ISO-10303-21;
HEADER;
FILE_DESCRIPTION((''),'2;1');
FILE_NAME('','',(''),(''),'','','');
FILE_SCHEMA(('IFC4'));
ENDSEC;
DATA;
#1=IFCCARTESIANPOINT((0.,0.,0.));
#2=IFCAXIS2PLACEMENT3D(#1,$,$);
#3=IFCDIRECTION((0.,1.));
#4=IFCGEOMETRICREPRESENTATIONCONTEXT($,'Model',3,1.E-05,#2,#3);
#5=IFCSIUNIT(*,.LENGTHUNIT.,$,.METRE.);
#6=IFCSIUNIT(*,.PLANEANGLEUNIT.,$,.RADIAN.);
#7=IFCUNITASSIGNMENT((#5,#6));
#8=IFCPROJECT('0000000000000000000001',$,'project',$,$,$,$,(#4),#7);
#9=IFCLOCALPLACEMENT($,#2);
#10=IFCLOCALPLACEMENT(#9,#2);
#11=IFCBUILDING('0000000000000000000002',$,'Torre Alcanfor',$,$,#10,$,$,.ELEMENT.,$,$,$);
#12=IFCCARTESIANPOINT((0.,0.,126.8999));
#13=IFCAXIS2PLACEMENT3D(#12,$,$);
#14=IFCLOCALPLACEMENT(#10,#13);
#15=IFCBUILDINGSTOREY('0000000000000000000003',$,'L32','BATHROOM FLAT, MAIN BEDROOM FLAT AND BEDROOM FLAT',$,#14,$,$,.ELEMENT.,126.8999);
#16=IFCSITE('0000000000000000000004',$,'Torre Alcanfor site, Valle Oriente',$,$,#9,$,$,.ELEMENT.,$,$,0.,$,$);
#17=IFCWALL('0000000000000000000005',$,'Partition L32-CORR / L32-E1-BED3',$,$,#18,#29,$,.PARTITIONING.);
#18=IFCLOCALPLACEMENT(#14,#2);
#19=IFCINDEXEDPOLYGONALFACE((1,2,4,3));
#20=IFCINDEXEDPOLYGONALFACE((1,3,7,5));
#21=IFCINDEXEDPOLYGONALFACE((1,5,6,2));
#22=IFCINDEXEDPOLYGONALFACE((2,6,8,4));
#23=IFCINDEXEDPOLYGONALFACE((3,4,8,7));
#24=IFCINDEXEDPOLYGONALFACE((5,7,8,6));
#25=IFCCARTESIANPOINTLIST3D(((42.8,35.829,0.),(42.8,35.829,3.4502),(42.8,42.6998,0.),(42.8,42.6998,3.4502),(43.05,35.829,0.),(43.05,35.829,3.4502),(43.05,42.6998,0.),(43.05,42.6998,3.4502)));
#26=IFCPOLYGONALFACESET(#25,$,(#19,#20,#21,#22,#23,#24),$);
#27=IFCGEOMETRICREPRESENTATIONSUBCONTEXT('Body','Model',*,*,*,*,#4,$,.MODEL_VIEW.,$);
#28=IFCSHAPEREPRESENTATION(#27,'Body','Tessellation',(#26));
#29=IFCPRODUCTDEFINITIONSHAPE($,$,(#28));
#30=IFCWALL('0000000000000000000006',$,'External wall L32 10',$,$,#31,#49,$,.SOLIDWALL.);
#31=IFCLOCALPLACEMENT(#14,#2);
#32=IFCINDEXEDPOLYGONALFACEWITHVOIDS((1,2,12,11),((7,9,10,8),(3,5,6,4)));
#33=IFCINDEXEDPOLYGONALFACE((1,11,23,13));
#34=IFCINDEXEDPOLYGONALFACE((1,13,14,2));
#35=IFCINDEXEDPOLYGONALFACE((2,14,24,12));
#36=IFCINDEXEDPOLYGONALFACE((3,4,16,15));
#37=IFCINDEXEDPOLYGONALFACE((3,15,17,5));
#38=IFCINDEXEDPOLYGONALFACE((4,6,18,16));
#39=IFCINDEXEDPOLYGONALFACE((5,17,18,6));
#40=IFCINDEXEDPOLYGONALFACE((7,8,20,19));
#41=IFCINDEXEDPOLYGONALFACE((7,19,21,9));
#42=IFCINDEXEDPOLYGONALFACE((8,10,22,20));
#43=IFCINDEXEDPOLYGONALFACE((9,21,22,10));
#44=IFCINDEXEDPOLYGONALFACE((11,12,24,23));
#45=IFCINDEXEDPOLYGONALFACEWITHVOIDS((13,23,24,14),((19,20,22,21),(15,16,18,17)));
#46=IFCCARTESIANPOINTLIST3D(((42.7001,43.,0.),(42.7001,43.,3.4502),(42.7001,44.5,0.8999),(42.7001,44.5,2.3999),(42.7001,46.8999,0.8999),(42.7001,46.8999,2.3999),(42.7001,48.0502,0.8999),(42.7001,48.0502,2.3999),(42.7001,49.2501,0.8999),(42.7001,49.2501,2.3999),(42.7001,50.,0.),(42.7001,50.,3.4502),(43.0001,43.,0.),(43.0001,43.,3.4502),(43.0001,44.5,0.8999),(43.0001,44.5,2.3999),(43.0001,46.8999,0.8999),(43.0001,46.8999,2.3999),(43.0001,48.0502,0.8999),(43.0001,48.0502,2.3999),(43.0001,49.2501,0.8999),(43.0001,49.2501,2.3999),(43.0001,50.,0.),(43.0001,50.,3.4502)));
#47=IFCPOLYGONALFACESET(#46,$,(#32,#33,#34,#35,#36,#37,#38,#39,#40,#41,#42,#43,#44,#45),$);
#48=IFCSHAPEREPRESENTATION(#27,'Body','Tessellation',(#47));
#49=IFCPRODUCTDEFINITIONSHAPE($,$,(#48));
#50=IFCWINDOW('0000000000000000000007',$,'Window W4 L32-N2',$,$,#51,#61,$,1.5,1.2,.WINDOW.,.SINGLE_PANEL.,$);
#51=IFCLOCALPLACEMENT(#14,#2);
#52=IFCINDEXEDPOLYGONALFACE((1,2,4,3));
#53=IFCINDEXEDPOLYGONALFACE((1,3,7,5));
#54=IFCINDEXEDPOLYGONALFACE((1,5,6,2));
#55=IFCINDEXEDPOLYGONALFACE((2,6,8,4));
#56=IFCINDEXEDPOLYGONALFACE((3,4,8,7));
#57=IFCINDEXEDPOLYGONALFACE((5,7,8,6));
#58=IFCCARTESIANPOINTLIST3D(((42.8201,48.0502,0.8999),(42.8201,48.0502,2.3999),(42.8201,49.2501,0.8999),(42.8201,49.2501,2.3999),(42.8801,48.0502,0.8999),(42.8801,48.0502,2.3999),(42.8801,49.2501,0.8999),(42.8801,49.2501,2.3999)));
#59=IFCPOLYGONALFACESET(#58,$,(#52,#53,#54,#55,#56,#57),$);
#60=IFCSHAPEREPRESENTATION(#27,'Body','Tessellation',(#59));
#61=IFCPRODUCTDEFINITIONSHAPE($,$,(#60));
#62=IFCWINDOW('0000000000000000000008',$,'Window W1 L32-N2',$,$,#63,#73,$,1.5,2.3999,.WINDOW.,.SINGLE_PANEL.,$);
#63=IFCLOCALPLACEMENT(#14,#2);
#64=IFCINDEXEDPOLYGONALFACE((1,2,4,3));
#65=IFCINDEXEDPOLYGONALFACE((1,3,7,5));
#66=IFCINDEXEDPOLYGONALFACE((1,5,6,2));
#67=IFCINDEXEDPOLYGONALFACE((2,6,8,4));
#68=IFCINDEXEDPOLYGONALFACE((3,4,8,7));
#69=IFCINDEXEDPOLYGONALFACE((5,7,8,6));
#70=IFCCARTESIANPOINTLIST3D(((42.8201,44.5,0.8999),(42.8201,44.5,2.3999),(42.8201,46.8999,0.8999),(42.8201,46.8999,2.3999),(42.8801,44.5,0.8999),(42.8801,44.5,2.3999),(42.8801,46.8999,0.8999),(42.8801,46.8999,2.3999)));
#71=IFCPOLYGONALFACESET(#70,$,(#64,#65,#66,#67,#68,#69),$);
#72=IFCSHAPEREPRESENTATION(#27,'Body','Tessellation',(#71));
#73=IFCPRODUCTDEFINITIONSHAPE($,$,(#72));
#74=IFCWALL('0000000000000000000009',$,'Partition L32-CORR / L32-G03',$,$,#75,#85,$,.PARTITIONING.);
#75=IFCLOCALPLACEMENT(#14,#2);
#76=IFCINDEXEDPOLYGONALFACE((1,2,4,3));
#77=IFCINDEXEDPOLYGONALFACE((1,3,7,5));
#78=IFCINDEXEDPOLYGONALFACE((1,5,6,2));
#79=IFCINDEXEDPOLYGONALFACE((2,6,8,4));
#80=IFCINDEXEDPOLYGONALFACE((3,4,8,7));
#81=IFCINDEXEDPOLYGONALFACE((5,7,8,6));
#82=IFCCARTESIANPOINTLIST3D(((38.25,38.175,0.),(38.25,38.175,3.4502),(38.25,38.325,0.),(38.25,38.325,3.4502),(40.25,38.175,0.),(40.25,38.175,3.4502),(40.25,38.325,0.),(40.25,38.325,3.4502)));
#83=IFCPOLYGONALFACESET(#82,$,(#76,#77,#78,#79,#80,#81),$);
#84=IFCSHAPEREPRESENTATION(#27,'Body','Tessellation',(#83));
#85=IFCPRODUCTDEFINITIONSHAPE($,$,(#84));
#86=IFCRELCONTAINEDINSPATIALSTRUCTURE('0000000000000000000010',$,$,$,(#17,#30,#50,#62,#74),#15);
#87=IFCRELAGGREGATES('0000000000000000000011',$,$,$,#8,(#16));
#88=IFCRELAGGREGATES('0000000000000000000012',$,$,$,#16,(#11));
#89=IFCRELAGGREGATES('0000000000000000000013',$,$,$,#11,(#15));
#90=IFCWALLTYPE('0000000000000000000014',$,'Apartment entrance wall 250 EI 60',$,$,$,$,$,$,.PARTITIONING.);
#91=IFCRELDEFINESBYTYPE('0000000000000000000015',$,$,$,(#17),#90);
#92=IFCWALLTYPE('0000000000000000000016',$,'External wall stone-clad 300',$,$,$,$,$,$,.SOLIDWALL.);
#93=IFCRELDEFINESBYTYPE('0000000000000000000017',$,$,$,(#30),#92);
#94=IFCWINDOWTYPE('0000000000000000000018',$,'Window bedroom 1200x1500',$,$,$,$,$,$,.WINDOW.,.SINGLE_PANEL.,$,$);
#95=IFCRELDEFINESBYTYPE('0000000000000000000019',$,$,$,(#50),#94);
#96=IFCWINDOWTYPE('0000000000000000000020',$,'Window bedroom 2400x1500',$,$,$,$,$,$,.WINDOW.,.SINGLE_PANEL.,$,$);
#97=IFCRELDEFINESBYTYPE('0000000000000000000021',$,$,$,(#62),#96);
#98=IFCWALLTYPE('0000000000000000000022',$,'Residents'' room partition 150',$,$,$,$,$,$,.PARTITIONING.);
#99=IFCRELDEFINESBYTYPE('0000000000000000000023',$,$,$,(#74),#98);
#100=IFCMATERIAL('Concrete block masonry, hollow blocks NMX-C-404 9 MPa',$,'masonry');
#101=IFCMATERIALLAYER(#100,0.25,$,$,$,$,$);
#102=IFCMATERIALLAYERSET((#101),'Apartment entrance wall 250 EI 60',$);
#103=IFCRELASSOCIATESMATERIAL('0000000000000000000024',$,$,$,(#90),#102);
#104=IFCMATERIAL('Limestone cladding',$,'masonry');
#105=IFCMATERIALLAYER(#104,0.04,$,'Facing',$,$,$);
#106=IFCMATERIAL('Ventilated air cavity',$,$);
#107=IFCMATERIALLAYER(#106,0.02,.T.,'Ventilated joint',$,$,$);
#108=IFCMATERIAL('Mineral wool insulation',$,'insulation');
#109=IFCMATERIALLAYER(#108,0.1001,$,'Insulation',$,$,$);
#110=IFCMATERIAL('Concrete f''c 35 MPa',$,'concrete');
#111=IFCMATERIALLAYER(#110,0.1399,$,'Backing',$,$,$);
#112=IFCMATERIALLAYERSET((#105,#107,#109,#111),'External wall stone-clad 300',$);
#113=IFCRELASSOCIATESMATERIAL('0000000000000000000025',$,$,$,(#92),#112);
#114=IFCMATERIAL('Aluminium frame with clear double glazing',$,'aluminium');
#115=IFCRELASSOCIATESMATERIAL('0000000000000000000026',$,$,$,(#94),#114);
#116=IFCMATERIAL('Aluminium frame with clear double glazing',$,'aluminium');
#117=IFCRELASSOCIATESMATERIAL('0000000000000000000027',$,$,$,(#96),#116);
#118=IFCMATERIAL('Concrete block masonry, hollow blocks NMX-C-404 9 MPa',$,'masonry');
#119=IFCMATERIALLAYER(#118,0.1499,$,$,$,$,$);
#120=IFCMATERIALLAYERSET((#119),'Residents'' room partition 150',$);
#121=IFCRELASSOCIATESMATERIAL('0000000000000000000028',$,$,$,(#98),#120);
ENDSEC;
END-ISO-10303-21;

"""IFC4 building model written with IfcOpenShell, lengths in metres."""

from ifc_helpers import new_model, si_unit, direction, frame, frame_2d, origin, place, context, subcontext, project, spatial, rectangle, extrude, material, layer, layer_set, type_object, element, fill, save


model = new_model("IFC4")

# Units and contexts
model_context = context("Model", 3, precision=1e-05, world=origin(), true_north=direction((0.0, 1.0)))
body_context = subcontext(model_context, "Body", "Model", "MODEL_VIEW")
ifc_project = project(units=[si_unit("LENGTHUNIT", "METRE"), si_unit("PLANEANGLEUNIT", "RADIAN")], contexts=[model_context])

# Site, building, storey
site_placement = place(None, origin())
site = spatial("IfcSite", under=ifc_project, at=site_placement, Name="Torre Alcanfor site, Valle Oriente", CompositionType="ELEMENT", RefElevation=0.0)
building_placement = place(site_placement, origin())
building = spatial("IfcBuilding", under=site, at=building_placement, Name="Torre Alcanfor", CompositionType="ELEMENT")
storey_placement = place(building_placement, frame((0.0, 0.0, 126.8999)))
storey = spatial("IfcBuildingStorey", under=building, at=storey_placement, Name="L32", Description="BATHROOM FLAT, MAIN BEDROOM FLAT AND BEDROOM FLAT", CompositionType="ELEMENT", Elevation=126.8999)

# Wall
ifc_material_1 = material(Name="Concrete block masonry, hollow blocks NMX-C-404 9 MPa", Category="masonry")
ifc_layer_1 = layer(ifc_material_1, 0.25)
ifc_layer_set_1 = layer_set([ifc_layer_1], Name="Apartment entrance wall 250 EI 60")
wall_type_1 = type_object("IfcWallType", Name="Apartment entrance wall 250 EI 60", PredefinedType="PARTITIONING", material=ifc_layer_set_1)
wall_1_placement = place(storey_placement, frame((42.925, 42.7, 0.0), z_axis=(0.0, 0.0, 1.0), x_axis=(0.0, -1.0, 0.0)))
element("IfcWall", 1, at=wall_1_placement, inside=storey, type_object=wall_type_1, Name="Partition L32-CORR / L32-E1-BED3", PredefinedType="PARTITIONING", context=body_context, shape_type="SweptSolid", body=[
    extrude(rectangle(XDim=6.8708, YDim=0.25, at=frame_2d((3.4355, 0.0))), origin(), (0.0, 0.0, 1.0), 3.4502),
])

# Wall, openings, windows
ifc_material_2 = material(Name="Limestone cladding", Category="masonry")
ifc_layer_2 = layer(ifc_material_2, 0.04, Name="Facing")
ifc_material_3 = material(Name="Ventilated air cavity")
ifc_layer_3 = layer(ifc_material_3, 0.02, ventilated=True, Name="Ventilated joint")
ifc_material_4 = material(Name="Mineral wool insulation", Category="insulation")
ifc_layer_4 = layer(ifc_material_4, 0.1001, Name="Insulation")
ifc_material_5 = material(Name="Concrete f'c 35 MPa", Category="concrete")
ifc_layer_5 = layer(ifc_material_5, 0.1399, Name="Backing")
ifc_layer_set_2 = layer_set([ifc_layer_2, ifc_layer_3, ifc_layer_4, ifc_layer_5], Name="External wall stone-clad 300")
wall_type_2 = type_object("IfcWallType", Name="External wall stone-clad 300", PredefinedType="SOLIDWALL", material=ifc_layer_set_2)
wall_2_placement = place(storey_placement, frame((42.8501, 43.0, 0.0), z_axis=(0.0, 0.0, 1.0), x_axis=(0.0, 1.0, 0.0)))
wall_2 = element("IfcWall", 2, at=wall_2_placement, inside=storey, type_object=wall_type_2, Name="External wall L32 10", PredefinedType="SOLIDWALL", context=body_context, shape_type="SweptSolid", body=[
    extrude(rectangle(XDim=7.0, YDim=0.3, at=frame_2d((3.5, 0.0))), origin(), (0.0, 0.0, 1.0), 3.4502),
])
opening_1_placement = place(wall_2_placement, frame((1.5, 0.0, 0.8999)))
opening_1 = element("IfcOpeningElement", 3, at=opening_1_placement, cuts=wall_2, PredefinedType="OPENING", context=body_context, shape_type="SweptSolid", body=[
    extrude(rectangle(XDim=2.3999, YDim=1.5, at=frame_2d((1.2, 0.75))), frame((0.0, 0.1599, 0.0), z_axis=(0.0, -1.0, 0.0), x_axis=(1.0, 0.0, 0.0)), (0.0, 0.0, 1.0), 0.3201),
])
opening_2_placement = place(wall_2_placement, frame((5.05, 0.0, 0.8999)))
opening_2 = element("IfcOpeningElement", 4, at=opening_2_placement, cuts=wall_2, PredefinedType="OPENING", context=body_context, shape_type="SweptSolid", body=[
    extrude(rectangle(XDim=1.2, YDim=1.5, at=frame_2d((0.6001, 0.75))), frame((0.0, 0.1599, 0.0), z_axis=(0.0, -1.0, 0.0), x_axis=(1.0, 0.0, 0.0)), (0.0, 0.0, 1.0), 0.3201),
])
ifc_material_6 = material(Name="Aluminium frame with clear double glazing", Category="aluminium")
window_type_1 = type_object("IfcWindowType", Name="Window bedroom 1200x1500", PartitioningType="SINGLE_PANEL", PredefinedType="WINDOW", material=ifc_material_6)
window_1_placement = place(opening_2_placement, origin())
window_1 = element("IfcWindow", 5, at=window_1_placement, inside=storey, type_object=window_type_1, Name="Window W4 L32-N2", OverallHeight=1.5, OverallWidth=1.2, PartitioningType="SINGLE_PANEL", PredefinedType="WINDOW", context=body_context, shape_type="SweptSolid", body=[
    extrude(rectangle(XDim=1.2, YDim=1.5, at=frame_2d((0.6001, 0.75))), frame((0.0, 0.03, 0.0), z_axis=(0.0, -1.0, 0.0), x_axis=(1.0, 0.0, 0.0)), (0.0, 0.0, 1.0), 0.0601),
])
fill(opening_2, window_1)
ifc_material_7 = material(Name="Aluminium frame with clear double glazing", Category="aluminium")
window_type_2 = type_object("IfcWindowType", Name="Window bedroom 2400x1500", PartitioningType="SINGLE_PANEL", PredefinedType="WINDOW", material=ifc_material_7)
window_2_placement = place(opening_1_placement, origin())
window_2 = element("IfcWindow", 6, at=window_2_placement, inside=storey, type_object=window_type_2, Name="Window W1 L32-N2", OverallHeight=1.5, OverallWidth=2.3999, PartitioningType="SINGLE_PANEL", PredefinedType="WINDOW", context=body_context, shape_type="SweptSolid", body=[
    extrude(rectangle(XDim=2.3999, YDim=1.5, at=frame_2d((1.2, 0.75))), frame((0.0, 0.03, 0.0), z_axis=(0.0, -1.0, 0.0), x_axis=(1.0, 0.0, 0.0)), (0.0, 0.0, 1.0), 0.0601),
])
fill(opening_1, window_2)

# Wall
ifc_material_8 = material(Name="Concrete block masonry, hollow blocks NMX-C-404 9 MPa", Category="masonry")
ifc_layer_6 = layer(ifc_material_8, 0.1499)
ifc_layer_set_3 = layer_set([ifc_layer_6], Name="Residents' room partition 150")
wall_type_3 = type_object("IfcWallType", Name="Residents' room partition 150", PredefinedType="PARTITIONING", material=ifc_layer_set_3)
wall_3_placement = place(storey_placement, frame((40.25, 38.25, 0.0), z_axis=(0.0, 0.0, 1.0), x_axis=(-1.0, 0.0, 0.0)))
element("IfcWall", 7, at=wall_3_placement, inside=storey, type_object=wall_type_3, Name="Partition L32-CORR / L32-G03", PredefinedType="PARTITIONING", context=body_context, shape_type="SweptSolid", body=[
    extrude(rectangle(XDim=2.0, YDim=0.1499, at=frame_2d((1.0, 0.0))), origin(), (0.0, 0.0, 1.0), 3.4502),
])

save(model, "model.ifc")
